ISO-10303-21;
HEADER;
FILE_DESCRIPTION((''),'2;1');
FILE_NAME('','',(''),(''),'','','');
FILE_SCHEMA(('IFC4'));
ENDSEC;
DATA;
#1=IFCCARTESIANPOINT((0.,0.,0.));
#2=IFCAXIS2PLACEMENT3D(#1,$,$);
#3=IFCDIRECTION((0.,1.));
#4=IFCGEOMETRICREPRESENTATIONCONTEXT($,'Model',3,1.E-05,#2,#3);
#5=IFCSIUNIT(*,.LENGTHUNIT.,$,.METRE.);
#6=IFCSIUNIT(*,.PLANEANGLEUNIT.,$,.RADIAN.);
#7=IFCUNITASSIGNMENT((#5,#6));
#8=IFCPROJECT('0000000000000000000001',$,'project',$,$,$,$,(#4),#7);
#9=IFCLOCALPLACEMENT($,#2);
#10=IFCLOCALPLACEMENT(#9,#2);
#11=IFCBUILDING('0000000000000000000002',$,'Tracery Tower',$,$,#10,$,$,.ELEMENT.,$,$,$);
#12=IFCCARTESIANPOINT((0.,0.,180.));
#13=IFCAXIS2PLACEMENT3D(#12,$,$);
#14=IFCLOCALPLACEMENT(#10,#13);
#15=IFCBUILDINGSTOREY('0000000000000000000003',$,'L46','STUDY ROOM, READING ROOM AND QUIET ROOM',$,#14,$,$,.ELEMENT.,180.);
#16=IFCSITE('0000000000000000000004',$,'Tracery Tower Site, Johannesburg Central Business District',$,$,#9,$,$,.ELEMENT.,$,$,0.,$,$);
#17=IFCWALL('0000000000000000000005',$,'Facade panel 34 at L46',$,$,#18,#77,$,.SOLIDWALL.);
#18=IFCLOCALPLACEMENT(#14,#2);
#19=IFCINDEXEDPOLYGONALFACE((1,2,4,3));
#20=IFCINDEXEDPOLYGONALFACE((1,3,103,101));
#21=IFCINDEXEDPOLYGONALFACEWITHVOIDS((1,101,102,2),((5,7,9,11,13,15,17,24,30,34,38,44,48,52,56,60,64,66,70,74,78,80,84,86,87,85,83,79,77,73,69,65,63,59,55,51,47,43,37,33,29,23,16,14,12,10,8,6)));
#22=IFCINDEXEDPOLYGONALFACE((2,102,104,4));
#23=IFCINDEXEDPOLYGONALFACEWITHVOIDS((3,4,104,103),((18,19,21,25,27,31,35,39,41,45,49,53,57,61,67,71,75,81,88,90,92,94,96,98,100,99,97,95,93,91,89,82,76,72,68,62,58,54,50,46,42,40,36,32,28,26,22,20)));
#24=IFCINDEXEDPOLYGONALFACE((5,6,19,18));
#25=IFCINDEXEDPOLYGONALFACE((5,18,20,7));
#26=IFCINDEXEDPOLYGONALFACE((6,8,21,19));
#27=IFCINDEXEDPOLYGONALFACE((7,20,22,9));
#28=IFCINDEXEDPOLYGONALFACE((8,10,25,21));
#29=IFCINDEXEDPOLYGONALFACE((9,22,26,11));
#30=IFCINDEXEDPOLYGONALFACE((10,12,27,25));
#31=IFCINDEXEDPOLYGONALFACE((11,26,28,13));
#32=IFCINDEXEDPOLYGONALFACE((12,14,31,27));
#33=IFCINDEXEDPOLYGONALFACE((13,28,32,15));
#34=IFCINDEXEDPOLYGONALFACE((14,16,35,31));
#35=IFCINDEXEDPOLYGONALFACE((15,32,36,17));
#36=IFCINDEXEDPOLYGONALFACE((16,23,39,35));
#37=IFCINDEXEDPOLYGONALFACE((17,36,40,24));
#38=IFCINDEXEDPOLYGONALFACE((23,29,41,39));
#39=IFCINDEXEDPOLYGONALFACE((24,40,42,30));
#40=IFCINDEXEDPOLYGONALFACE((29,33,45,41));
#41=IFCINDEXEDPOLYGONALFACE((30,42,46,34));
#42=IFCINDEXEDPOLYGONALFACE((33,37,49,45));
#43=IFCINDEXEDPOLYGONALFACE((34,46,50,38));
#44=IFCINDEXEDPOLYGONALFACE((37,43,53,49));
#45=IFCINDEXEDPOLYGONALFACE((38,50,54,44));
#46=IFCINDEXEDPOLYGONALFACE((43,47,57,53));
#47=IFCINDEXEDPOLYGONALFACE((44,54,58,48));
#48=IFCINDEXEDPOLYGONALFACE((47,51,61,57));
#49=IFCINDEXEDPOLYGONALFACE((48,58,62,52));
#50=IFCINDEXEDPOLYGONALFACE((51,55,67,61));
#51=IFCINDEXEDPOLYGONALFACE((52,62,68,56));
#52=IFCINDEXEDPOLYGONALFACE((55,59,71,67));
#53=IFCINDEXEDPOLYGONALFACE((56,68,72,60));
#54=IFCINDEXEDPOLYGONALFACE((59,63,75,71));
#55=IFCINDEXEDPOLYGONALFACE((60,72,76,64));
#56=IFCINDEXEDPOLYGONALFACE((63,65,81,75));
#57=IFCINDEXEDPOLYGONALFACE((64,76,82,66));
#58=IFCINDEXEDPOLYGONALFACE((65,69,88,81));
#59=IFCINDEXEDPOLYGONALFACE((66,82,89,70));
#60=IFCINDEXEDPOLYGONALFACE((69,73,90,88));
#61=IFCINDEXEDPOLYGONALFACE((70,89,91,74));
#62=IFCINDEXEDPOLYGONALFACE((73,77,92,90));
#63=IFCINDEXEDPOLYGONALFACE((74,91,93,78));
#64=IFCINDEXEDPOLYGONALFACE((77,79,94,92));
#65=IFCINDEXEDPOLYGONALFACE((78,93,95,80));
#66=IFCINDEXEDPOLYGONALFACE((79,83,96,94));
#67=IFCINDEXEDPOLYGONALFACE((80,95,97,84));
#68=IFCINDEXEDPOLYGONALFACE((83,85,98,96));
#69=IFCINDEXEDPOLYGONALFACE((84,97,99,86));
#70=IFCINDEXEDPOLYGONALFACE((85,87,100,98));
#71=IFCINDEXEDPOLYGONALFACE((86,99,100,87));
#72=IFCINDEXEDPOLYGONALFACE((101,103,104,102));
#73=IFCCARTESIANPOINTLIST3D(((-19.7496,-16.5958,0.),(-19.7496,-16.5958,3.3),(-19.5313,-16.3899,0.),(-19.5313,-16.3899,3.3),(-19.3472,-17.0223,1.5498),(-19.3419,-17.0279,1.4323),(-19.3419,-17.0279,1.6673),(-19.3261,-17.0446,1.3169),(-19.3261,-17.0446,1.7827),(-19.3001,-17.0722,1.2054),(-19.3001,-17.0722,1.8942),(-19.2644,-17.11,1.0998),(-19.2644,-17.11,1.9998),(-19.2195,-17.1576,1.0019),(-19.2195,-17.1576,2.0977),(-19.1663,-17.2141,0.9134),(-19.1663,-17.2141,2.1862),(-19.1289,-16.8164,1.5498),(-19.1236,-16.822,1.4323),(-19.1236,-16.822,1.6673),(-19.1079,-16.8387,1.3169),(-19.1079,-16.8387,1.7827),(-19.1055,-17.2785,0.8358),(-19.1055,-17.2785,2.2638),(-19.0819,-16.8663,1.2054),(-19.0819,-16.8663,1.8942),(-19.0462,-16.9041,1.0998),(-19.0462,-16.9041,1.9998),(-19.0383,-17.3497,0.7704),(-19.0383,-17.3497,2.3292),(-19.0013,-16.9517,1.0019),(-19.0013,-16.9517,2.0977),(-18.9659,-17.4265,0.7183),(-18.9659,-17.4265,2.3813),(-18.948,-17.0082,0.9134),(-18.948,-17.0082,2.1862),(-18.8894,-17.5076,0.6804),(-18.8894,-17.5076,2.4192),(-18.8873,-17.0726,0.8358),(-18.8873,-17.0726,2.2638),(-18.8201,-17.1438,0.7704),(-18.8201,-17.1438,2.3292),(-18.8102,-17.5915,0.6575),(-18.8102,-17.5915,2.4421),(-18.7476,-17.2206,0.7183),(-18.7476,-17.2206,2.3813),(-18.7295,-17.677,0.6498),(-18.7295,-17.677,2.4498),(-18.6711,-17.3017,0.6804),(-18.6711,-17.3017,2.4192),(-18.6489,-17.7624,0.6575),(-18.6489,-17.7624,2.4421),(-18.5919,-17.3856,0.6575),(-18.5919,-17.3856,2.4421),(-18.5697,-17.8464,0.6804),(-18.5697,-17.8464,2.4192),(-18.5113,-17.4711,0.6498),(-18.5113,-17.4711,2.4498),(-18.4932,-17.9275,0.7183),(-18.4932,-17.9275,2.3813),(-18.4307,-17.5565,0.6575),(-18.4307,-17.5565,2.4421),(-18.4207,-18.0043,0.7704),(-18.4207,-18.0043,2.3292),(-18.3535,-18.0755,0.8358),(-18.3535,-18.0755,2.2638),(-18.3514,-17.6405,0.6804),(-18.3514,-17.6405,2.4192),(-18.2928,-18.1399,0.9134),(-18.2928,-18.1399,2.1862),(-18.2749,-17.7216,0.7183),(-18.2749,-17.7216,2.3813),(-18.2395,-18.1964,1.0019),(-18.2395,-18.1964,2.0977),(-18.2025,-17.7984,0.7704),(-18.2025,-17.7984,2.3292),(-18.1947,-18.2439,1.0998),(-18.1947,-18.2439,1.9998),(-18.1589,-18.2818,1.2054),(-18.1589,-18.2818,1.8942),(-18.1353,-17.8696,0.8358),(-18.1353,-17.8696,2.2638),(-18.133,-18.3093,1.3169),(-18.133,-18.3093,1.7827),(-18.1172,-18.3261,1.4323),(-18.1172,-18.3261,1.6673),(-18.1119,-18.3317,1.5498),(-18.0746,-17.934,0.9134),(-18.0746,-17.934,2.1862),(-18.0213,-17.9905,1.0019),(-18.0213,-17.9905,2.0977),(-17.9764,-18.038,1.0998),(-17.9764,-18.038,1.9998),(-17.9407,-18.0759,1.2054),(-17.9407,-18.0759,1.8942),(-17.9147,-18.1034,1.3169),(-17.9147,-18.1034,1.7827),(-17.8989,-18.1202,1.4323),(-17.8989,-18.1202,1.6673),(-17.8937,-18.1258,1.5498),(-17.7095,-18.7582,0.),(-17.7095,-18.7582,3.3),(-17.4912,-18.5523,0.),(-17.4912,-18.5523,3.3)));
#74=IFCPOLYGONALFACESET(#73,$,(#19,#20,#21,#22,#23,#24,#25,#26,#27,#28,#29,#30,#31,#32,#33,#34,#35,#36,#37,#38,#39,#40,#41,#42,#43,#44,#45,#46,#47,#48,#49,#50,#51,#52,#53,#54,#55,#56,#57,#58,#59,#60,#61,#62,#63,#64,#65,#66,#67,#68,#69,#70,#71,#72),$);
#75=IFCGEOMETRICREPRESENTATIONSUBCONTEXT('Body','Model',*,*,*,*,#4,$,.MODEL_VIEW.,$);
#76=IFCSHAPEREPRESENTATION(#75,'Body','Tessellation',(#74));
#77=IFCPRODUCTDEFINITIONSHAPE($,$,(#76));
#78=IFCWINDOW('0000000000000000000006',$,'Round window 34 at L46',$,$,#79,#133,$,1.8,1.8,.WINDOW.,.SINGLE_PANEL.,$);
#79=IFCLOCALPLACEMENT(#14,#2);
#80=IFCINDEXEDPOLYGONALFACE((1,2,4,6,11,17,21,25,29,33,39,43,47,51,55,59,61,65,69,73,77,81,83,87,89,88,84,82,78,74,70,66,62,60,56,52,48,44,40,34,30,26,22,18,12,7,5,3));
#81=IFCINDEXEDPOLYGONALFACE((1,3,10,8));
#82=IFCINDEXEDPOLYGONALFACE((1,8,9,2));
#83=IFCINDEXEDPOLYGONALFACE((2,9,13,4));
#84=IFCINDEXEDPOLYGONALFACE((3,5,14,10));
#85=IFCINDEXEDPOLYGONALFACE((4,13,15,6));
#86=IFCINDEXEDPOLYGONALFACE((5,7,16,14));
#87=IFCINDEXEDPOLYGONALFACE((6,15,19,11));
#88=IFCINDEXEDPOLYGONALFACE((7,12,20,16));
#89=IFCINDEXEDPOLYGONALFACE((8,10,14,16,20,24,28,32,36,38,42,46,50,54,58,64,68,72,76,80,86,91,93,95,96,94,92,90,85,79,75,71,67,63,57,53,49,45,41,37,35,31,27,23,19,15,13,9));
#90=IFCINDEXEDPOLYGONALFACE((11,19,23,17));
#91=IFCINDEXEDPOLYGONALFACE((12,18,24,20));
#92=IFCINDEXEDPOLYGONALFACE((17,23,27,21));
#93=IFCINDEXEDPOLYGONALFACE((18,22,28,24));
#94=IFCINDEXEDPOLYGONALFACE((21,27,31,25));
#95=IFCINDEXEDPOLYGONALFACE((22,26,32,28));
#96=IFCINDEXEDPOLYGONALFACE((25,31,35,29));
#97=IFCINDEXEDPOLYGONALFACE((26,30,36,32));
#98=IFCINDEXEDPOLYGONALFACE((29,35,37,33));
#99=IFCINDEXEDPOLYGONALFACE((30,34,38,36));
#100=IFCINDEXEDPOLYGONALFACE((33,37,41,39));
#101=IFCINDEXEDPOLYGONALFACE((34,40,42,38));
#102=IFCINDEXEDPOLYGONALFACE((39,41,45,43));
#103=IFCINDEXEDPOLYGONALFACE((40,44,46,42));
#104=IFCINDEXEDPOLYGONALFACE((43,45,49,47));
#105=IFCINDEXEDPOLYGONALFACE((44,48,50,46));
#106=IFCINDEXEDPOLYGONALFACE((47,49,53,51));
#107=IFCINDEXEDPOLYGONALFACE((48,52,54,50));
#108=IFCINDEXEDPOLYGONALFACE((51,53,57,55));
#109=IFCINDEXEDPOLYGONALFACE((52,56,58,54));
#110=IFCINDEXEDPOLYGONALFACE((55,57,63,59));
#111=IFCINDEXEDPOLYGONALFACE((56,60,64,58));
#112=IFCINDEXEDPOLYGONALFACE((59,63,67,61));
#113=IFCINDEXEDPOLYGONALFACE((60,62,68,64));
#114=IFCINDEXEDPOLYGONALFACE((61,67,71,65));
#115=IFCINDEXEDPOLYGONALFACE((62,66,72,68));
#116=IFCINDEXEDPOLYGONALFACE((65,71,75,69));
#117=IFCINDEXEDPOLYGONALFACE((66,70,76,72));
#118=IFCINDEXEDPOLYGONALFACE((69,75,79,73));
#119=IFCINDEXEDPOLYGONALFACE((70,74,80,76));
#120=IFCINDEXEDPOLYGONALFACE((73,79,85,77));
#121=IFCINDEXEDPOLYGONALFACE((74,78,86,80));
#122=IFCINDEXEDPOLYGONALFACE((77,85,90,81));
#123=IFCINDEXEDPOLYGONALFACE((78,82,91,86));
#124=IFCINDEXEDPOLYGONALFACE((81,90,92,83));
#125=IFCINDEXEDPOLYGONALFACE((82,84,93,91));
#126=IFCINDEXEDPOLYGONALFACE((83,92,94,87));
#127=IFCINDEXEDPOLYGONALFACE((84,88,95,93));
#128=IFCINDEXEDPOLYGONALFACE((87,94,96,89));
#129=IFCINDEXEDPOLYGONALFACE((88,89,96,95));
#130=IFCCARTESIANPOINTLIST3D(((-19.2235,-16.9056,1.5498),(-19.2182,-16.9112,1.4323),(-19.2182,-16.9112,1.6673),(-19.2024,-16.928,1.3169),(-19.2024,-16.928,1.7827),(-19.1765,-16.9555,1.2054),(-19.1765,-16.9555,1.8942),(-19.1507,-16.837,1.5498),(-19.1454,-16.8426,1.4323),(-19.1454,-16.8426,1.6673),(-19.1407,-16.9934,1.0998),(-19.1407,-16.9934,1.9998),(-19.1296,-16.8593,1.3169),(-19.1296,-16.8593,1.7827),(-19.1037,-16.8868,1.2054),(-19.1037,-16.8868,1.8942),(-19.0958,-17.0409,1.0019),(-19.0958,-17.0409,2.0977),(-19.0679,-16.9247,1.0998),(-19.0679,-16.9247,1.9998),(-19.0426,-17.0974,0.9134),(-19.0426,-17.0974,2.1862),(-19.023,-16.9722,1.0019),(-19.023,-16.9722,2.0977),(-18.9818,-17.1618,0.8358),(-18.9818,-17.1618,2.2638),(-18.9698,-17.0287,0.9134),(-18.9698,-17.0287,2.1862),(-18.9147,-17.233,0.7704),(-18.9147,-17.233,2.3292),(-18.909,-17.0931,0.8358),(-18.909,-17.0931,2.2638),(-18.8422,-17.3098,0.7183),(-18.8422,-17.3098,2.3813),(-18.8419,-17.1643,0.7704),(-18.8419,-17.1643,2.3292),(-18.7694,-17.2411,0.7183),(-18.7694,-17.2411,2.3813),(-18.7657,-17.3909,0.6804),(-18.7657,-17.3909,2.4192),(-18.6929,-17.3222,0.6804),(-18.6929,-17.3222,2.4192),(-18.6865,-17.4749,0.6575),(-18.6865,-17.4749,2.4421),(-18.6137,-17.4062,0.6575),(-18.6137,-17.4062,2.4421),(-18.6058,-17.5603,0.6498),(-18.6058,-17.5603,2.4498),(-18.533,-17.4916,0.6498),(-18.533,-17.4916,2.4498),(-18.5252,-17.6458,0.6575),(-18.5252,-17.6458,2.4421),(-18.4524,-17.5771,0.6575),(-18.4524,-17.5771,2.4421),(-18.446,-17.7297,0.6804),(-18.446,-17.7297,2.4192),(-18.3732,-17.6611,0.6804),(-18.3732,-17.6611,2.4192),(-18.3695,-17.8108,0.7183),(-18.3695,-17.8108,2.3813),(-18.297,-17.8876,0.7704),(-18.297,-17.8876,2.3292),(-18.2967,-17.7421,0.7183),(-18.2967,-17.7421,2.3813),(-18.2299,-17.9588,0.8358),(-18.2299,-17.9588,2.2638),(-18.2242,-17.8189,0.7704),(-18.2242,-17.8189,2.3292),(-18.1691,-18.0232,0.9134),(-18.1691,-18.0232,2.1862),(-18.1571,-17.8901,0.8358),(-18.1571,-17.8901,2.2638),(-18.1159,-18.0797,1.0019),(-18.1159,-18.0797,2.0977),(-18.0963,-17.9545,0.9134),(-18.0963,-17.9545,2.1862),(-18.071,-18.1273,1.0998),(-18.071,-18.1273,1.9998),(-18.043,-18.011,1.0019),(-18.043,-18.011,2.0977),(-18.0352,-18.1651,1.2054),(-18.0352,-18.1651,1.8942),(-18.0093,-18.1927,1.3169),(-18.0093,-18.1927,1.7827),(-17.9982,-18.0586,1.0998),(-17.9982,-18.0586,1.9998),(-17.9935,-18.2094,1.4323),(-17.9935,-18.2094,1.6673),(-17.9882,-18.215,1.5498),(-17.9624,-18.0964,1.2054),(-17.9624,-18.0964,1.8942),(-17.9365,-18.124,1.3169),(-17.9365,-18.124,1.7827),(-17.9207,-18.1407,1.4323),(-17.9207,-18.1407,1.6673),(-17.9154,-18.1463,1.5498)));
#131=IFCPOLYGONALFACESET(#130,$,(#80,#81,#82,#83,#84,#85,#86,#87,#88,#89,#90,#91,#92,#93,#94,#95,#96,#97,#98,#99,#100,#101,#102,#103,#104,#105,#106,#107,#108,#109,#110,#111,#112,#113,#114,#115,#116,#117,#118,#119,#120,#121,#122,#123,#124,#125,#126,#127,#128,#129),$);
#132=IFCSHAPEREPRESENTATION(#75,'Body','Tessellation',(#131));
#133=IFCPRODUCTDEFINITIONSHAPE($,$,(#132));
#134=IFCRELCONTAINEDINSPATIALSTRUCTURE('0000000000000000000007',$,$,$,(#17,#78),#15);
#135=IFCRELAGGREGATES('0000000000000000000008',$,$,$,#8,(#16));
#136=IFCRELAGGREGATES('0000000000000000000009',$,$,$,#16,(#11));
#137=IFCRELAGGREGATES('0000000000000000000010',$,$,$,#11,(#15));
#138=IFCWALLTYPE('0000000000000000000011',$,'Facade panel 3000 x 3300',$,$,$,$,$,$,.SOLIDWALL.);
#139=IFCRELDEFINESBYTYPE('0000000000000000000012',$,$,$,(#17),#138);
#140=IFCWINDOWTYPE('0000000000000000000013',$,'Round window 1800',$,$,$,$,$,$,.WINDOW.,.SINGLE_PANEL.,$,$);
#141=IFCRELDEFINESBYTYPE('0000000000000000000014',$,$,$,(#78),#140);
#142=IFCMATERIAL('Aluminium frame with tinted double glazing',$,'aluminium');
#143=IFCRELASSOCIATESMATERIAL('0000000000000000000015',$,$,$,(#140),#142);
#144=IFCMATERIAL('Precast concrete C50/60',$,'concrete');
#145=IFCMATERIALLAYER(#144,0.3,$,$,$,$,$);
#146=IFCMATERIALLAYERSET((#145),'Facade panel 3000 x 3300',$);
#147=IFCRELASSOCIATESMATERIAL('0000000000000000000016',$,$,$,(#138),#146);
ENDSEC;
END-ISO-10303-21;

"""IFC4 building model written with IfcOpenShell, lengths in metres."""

from ifc_helpers import new_model, si_unit, direction, frame, frame_2d, origin, origin_2d, place, context, subcontext, project, spatial, rectangle, circle, extrude, material, layer, layer_set, type_object, element, fill, save


model = new_model("IFC4")

# Units and contexts
model_context = context("Model", 3, precision=1e-05, world=origin(), true_north=direction((0.0, 1.0)))
body_context = subcontext(model_context, "Body", "Model", "MODEL_VIEW")
ifc_project = project(units=[si_unit("LENGTHUNIT", "METRE"), si_unit("PLANEANGLEUNIT", "RADIAN")], contexts=[model_context])

# Site, building, storey
site_placement = place(None, origin())
site = spatial("IfcSite", under=ifc_project, at=site_placement, Name="Tracery Tower Site, Johannesburg Central Business District", CompositionType="ELEMENT", RefElevation=0.0)
building_placement = place(site_placement, origin())
building = spatial("IfcBuilding", under=site, at=building_placement, Name="Tracery Tower", CompositionType="ELEMENT")
storey_placement = place(building_placement, frame((0.0, 0.0, 180.0)))
storey = spatial("IfcBuildingStorey", under=building, at=storey_placement, Name="L46", Description="STUDY ROOM, READING ROOM AND QUIET ROOM", CompositionType="ELEMENT", Elevation=180.0)

# Wall, opening, window
ifc_material_1 = material(Name="Aluminium frame with tinted double glazing", Category="aluminium")
window_type = type_object("IfcWindowType", Name="Round window 1800", PartitioningType="SINGLE_PANEL", PredefinedType="WINDOW", material=ifc_material_1)
ifc_material_2 = material(Name="Precast concrete C50/60", Category="concrete")
ifc_layer_1 = layer(ifc_material_2, 0.3)
ifc_layer_set_1 = layer_set([ifc_layer_1], Name="Facade panel 3000 x 3300")
wall_type_1 = type_object("IfcWallType", Name="Facade panel 3000 x 3300", PredefinedType="SOLIDWALL", material=ifc_layer_set_1)
wall_1_placement = place(storey_placement, frame((-19.6404, -16.4929, 0.0), z_axis=(0.0, 0.0, 1.0), x_axis=(0.686235, -0.72738, 0.0)))
wall_1 = element("IfcWall", 1, at=wall_1_placement, inside=storey, type_object=wall_type_1, Name="Facade panel 34 at L46", PredefinedType="SOLIDWALL", context=body_context, shape_type="SweptSolid", body=[
    extrude(rectangle(XDim=2.9729, YDim=0.3, at=frame_2d((1.4863, 0.0))), origin(), (0.0, 0.0, 1.0), 3.3),
])
opening_1_placement = place(wall_1_placement, frame((1.4863, 0.0, 1.5498)))
opening_1 = element("IfcOpeningElement", 2, at=opening_1_placement, cuts=wall_1, PredefinedType="OPENING", context=body_context, shape_type="SweptSolid", body=[
    extrude(circle(Radius=0.9, at=origin_2d()), frame((0.0, 0.1599, 0.0), z_axis=(0.0, -1.0, 0.0), x_axis=(1.0, 0.0, 0.0)), (0.0, 0.0, 1.0), 0.3201),
])
window_1_placement = place(opening_1_placement, origin())
window_1 = element("IfcWindow", 3, at=window_1_placement, inside=storey, type_object=window_type, Name="Round window 34 at L46", OverallHeight=1.8, OverallWidth=1.8, PartitioningType="SINGLE_PANEL", PredefinedType="WINDOW", context=body_context, shape_type="SweptSolid", body=[
    extrude(circle(Radius=0.9, at=origin_2d()), frame((0.0, 0.1201, 0.0), z_axis=(0.0, -1.0, 0.0), x_axis=(1.0, 0.0, 0.0)), (0.0, 0.0, 1.0), 0.1001),
])
fill(opening_1, window_1)

save(model, "model.ifc")
